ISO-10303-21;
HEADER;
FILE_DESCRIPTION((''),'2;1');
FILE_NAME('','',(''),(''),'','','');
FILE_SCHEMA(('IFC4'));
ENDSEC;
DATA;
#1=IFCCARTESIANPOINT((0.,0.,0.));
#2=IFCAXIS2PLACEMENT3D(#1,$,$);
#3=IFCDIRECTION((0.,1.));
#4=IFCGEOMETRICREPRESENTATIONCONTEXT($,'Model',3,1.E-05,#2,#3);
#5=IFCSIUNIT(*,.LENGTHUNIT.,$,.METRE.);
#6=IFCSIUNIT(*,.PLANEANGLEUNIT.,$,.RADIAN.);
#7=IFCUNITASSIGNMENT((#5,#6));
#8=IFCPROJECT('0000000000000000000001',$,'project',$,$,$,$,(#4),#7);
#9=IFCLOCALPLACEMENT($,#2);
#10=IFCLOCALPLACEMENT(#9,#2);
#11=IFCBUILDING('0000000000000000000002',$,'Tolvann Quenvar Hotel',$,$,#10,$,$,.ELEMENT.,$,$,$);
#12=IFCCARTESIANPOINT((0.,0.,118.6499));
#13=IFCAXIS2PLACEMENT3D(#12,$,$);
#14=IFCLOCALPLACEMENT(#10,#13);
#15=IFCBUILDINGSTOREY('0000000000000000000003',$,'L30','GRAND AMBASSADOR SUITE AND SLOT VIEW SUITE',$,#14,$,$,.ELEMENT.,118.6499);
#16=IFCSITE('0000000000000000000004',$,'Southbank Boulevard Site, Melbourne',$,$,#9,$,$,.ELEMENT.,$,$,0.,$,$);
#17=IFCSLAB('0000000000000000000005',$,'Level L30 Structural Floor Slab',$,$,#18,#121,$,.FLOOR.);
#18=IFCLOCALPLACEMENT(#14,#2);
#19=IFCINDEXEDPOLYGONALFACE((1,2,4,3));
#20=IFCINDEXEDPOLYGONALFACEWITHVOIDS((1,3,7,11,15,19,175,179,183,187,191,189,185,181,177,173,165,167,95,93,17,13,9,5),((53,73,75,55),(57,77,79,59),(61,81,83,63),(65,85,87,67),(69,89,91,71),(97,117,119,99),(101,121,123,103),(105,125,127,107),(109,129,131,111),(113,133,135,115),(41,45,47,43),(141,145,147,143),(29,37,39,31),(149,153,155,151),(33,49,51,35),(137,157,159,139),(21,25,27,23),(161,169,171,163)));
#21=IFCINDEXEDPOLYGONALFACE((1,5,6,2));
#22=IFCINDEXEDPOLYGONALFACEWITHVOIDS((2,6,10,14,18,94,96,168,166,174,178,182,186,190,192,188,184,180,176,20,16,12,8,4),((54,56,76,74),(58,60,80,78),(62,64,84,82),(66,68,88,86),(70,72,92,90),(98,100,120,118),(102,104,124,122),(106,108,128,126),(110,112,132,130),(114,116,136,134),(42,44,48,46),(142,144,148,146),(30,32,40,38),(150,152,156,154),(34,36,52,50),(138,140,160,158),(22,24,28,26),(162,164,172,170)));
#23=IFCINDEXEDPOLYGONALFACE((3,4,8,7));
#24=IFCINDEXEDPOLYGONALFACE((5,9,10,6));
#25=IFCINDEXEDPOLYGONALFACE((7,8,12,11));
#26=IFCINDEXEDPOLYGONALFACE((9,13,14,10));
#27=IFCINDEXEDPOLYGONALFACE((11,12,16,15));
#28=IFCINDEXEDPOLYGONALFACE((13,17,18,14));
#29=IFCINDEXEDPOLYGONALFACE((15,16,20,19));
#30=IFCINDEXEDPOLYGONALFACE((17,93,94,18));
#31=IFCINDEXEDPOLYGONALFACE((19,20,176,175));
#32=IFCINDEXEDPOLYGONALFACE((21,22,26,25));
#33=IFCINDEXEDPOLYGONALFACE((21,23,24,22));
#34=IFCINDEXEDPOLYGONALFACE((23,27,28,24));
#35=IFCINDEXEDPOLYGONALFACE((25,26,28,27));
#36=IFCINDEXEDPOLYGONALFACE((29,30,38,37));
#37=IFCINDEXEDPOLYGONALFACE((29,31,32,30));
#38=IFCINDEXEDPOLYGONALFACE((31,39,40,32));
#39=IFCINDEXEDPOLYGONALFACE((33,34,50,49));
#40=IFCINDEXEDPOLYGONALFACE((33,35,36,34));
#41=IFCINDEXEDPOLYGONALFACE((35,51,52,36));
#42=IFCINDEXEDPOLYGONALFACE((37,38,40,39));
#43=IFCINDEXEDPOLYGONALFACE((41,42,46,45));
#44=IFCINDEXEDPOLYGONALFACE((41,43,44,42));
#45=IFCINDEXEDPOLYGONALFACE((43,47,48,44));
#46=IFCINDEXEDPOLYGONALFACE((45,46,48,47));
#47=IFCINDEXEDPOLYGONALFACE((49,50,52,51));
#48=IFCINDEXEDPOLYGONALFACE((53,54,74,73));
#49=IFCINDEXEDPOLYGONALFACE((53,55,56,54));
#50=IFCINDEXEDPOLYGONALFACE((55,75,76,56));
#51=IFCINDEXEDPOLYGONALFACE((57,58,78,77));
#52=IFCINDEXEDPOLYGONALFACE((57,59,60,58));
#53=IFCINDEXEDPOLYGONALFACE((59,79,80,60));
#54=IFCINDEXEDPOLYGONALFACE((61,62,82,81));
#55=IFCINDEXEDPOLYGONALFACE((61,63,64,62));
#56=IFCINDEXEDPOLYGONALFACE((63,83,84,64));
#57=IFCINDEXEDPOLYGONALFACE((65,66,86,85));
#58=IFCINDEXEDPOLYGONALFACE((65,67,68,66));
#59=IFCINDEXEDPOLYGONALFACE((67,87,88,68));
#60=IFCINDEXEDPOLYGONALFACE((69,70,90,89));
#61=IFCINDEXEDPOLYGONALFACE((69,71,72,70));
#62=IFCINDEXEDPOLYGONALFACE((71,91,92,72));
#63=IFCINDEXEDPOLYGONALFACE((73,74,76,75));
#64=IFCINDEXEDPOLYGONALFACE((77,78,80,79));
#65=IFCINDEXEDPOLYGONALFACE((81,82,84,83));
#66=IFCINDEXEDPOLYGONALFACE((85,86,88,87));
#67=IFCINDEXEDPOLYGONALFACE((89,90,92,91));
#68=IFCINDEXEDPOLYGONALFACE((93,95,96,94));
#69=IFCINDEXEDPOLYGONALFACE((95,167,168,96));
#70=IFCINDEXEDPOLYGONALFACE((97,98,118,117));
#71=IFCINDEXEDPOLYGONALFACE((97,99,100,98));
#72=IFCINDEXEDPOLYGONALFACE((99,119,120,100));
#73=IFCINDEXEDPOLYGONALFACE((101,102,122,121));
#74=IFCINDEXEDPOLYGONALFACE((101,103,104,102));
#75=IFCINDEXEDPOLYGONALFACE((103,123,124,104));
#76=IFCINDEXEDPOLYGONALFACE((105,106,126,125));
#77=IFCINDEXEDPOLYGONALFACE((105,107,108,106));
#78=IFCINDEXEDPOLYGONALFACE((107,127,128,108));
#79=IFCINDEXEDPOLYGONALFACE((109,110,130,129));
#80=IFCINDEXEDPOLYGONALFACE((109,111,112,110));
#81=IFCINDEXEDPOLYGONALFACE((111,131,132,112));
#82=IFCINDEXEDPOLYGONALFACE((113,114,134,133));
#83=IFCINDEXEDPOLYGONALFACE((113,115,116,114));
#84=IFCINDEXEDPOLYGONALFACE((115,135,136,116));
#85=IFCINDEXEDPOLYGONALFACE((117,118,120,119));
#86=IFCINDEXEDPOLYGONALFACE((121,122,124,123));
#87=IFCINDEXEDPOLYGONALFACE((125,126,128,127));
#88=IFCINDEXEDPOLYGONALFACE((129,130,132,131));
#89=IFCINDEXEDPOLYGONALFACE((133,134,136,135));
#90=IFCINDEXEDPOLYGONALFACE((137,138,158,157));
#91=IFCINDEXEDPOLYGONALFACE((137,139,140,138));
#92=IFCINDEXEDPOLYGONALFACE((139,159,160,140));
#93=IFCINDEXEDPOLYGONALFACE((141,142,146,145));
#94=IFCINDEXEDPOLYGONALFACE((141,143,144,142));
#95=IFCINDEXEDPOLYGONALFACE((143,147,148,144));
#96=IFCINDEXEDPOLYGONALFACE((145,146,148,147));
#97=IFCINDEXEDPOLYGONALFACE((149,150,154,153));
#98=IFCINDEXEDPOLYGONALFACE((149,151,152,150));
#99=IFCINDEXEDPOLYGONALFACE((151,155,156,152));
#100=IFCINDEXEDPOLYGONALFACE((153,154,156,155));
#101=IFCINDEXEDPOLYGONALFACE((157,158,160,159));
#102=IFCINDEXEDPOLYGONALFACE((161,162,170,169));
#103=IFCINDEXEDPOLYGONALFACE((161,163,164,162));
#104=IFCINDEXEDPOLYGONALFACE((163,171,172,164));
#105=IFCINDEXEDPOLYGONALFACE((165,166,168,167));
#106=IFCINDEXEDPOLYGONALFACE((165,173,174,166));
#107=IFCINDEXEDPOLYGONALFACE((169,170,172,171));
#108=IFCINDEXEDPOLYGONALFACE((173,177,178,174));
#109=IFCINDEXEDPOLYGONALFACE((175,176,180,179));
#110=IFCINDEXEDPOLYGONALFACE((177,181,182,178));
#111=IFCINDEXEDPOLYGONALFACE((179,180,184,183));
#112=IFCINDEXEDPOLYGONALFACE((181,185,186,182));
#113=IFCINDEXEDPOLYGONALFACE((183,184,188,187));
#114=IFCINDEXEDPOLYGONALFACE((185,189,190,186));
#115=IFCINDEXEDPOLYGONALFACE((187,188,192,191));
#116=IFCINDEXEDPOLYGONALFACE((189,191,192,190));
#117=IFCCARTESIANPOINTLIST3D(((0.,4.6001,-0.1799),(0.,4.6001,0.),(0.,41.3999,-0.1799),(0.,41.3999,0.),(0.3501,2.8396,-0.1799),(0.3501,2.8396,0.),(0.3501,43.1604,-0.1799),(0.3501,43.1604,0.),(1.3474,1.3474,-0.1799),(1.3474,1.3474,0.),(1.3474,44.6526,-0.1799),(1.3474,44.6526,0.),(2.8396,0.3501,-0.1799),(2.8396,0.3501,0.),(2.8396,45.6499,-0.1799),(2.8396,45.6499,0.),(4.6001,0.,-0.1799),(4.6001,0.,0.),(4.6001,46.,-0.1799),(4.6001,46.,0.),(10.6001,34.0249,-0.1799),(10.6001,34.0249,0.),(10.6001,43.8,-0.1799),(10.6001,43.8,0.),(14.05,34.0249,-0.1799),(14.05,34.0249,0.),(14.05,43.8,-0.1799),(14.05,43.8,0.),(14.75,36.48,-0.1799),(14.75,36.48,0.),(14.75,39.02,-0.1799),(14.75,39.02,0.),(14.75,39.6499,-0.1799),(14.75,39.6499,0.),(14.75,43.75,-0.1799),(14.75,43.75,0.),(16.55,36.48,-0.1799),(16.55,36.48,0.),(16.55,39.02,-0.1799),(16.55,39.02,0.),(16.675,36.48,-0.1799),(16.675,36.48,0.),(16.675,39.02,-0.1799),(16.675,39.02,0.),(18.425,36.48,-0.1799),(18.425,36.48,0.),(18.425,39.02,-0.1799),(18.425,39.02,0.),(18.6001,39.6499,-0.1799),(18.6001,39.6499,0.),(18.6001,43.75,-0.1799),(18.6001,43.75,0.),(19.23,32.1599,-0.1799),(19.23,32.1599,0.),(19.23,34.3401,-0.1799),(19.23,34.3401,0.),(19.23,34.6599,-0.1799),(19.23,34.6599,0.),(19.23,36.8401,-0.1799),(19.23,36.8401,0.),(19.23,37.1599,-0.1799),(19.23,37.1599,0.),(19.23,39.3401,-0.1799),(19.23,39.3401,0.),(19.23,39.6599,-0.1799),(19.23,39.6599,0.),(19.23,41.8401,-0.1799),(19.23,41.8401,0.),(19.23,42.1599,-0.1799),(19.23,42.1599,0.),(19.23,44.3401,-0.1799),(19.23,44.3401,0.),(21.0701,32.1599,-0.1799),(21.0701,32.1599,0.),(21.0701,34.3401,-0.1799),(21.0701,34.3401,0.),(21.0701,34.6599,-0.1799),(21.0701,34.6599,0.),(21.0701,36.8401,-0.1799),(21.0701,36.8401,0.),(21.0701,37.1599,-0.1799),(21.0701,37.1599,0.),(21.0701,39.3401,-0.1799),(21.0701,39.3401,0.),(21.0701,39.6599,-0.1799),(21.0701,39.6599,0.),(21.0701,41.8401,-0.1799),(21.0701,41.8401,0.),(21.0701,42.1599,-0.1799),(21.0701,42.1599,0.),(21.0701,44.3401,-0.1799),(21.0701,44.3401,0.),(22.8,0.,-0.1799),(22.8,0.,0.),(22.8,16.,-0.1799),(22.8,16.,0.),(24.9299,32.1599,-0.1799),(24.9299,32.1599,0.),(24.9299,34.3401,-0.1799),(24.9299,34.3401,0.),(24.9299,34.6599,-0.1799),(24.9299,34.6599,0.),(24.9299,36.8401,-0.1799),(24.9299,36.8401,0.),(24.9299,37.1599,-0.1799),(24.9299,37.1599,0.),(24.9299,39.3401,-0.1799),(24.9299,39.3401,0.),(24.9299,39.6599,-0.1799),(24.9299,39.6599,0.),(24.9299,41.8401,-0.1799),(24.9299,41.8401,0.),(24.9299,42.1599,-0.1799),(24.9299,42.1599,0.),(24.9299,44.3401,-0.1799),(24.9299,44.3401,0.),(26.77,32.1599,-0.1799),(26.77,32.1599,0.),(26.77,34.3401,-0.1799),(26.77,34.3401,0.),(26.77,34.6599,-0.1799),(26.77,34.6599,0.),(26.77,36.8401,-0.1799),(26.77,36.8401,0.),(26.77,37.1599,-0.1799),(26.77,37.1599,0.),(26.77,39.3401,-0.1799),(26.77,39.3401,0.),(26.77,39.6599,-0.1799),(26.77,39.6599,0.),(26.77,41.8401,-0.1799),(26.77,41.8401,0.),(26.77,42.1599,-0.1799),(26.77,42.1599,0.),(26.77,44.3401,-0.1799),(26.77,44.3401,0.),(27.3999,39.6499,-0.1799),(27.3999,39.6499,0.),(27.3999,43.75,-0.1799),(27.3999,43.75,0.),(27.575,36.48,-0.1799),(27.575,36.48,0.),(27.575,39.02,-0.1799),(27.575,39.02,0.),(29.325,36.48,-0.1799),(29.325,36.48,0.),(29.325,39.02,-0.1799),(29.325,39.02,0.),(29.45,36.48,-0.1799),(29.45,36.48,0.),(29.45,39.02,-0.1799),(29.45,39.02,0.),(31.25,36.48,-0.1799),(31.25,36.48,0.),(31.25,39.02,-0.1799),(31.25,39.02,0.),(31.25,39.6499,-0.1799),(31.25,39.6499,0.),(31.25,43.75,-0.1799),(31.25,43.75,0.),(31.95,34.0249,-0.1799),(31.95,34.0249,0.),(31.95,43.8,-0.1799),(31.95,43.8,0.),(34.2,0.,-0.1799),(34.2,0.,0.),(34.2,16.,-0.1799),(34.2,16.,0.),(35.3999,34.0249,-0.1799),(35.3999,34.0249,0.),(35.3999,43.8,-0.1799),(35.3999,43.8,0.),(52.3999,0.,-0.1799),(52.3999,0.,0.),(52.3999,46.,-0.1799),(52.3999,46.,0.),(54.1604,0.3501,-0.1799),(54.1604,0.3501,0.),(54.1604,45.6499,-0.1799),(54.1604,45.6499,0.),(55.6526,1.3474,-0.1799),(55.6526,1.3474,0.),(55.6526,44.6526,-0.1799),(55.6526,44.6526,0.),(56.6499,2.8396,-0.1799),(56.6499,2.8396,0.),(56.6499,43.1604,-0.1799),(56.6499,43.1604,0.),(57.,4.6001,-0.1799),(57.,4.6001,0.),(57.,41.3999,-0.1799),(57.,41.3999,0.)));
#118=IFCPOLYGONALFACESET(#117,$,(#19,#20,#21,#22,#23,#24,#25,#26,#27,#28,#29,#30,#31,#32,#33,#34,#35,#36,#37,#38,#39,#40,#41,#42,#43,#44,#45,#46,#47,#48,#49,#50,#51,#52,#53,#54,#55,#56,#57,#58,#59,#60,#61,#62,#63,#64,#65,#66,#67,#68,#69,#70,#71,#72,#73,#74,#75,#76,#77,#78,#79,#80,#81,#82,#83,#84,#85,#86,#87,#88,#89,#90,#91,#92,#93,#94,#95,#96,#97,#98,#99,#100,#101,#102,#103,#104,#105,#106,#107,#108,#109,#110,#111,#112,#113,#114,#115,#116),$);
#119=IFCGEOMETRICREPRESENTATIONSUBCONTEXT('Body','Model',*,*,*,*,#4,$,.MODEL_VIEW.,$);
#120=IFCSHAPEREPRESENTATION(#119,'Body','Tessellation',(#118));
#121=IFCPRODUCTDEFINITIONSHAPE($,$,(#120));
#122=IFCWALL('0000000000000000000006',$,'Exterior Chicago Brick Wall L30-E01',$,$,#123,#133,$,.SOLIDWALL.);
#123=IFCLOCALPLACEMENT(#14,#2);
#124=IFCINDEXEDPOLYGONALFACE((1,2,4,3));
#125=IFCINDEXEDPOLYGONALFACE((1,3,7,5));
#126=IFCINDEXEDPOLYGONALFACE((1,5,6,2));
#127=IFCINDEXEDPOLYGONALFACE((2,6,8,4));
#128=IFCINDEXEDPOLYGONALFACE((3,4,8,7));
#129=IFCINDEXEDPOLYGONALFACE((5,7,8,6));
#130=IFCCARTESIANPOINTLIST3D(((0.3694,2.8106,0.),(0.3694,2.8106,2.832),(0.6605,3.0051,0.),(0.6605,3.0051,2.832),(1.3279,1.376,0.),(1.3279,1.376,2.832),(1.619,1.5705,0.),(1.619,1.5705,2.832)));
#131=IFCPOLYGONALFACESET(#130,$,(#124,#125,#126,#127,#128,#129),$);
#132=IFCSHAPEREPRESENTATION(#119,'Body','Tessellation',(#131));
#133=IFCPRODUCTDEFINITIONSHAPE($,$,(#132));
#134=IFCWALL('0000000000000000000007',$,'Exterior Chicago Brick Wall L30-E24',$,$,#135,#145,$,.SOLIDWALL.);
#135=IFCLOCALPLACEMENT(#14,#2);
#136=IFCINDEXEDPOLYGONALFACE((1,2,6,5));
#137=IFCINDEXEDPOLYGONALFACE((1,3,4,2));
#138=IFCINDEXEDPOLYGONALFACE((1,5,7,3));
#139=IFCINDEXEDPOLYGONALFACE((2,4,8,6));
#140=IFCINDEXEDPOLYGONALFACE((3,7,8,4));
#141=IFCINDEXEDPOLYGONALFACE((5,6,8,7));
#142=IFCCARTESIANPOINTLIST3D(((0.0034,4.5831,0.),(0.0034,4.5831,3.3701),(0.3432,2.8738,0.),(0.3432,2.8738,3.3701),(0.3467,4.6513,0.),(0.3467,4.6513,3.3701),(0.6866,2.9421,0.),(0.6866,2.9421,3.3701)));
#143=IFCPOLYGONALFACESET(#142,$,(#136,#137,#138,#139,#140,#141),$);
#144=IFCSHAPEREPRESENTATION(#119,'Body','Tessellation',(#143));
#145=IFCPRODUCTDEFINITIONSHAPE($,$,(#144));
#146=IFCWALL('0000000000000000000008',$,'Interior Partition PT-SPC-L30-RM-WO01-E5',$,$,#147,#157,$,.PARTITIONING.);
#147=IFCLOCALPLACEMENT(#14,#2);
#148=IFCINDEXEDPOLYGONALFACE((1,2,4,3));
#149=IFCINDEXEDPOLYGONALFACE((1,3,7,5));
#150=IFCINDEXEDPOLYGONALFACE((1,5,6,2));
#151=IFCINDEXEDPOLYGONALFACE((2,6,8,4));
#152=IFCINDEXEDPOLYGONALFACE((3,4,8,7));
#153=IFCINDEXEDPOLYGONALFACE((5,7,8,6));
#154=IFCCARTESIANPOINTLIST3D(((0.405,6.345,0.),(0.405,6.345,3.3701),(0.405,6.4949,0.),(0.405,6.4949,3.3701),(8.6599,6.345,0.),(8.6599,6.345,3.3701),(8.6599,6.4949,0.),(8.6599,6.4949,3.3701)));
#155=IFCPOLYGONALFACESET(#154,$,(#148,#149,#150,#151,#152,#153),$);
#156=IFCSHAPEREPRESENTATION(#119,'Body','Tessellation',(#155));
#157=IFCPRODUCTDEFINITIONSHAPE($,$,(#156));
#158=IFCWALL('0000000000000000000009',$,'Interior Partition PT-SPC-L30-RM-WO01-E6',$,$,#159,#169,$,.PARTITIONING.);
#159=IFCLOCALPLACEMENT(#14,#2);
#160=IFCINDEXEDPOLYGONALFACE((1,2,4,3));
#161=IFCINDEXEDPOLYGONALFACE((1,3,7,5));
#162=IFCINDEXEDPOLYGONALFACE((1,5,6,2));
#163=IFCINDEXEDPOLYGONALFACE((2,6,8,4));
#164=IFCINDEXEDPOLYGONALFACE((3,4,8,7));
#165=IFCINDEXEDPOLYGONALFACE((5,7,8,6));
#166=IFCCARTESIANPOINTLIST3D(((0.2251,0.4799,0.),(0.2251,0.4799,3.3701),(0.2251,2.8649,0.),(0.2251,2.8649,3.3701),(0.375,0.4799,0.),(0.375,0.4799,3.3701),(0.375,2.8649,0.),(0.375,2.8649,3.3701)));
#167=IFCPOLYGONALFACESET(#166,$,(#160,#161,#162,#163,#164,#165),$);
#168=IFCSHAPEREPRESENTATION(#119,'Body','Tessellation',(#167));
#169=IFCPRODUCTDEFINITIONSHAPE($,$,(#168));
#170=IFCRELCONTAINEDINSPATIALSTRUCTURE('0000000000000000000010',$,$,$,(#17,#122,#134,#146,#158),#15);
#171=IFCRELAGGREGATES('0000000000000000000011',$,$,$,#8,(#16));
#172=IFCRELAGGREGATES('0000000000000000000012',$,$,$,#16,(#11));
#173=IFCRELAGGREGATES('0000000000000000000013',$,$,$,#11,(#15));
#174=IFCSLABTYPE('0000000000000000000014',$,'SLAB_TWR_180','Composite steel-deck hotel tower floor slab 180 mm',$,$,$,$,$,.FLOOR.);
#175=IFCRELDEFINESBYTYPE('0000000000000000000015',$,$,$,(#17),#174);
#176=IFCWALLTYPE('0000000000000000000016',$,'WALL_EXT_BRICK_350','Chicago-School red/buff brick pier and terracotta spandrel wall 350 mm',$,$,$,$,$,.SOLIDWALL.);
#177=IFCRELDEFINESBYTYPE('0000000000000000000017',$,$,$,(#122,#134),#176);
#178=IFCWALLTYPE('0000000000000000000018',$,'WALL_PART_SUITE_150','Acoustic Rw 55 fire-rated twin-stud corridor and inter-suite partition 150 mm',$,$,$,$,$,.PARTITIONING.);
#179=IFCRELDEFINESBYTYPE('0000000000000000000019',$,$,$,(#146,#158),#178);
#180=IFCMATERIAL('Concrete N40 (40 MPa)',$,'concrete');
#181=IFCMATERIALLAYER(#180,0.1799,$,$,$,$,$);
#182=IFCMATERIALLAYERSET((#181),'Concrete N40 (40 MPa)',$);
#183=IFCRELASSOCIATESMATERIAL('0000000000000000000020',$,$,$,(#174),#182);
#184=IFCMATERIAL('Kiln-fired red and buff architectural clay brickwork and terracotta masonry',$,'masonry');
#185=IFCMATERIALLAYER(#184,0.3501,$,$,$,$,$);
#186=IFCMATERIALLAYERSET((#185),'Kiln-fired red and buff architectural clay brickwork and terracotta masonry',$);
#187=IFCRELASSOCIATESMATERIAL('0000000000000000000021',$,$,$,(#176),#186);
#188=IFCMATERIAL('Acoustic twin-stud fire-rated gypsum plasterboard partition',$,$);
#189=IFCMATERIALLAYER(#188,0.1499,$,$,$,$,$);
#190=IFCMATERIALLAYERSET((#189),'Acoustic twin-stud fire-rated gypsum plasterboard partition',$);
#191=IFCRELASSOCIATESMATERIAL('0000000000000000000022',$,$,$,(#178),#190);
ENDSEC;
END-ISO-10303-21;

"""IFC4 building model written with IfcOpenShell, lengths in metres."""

from ifc_helpers import new_model, si_unit, direction, frame, frame_2d, origin, place, context, subcontext, project, spatial, polyline, rectangle, outline, extrude, material, layer, layer_set, type_object, element, save


model = new_model("IFC4")

# Units and contexts
model_context = context("Model", 3, precision=1e-05, world=origin(), true_north=direction((0.0, 1.0)))
body_context = subcontext(model_context, "Body", "Model", "MODEL_VIEW")
ifc_project = project(units=[si_unit("LENGTHUNIT", "METRE"), si_unit("PLANEANGLEUNIT", "RADIAN")], contexts=[model_context])

# Site, building, storey
site_placement = place(None, origin())
site = spatial("IfcSite", under=ifc_project, at=site_placement, Name="Southbank Boulevard Site, Melbourne", CompositionType="ELEMENT", RefElevation=0.0)
building_placement = place(site_placement, origin())
building = spatial("IfcBuilding", under=site, at=building_placement, Name="Tolvann Quenvar Hotel", CompositionType="ELEMENT")
storey_placement = place(building_placement, frame((0.0, 0.0, 118.6499)))
storey = spatial("IfcBuildingStorey", under=building, at=storey_placement, Name="L30", Description="GRAND AMBASSADOR SUITE AND SLOT VIEW SUITE", CompositionType="ELEMENT", Elevation=118.6499)

# Shared definitions
ifc_material_1 = material(Name="Concrete N40 (40 MPa)", Category="concrete")

# Slab
ifc_layer_1 = layer(ifc_material_1, 0.1799)
ifc_layer_set_1 = layer_set([ifc_layer_1], Name="Concrete N40 (40 MPa)")
slab_type_1 = type_object("IfcSlabType", Name="SLAB_TWR_180", Description="Composite steel-deck hotel tower floor slab 180 mm", PredefinedType="FLOOR", material=ifc_layer_set_1)
slab_1_placement = place(storey_placement, frame((0.0, 0.0, -0.1799)))
element("IfcSlab", 1, at=slab_1_placement, inside=storey, type_object=slab_type_1, Name="Level L30 Structural Floor Slab", PredefinedType="FLOOR", context=body_context, shape_type="SweptSolid", body=[
    extrude(outline(polyline([(0.0, 4.6001), (0.3501, 2.8396), (1.3474, 1.3474), (2.8396, 0.3501), (4.6001, 0.0), (22.8, 0.0), (22.8, 16.0), (34.2, 16.0), (34.2, 0.0), (52.3999, 0.0), (54.1604, 0.3501), (55.6526, 1.3474), (56.6499, 2.8396), (57.0, 4.6001), (57.0, 41.3999), (56.6499, 43.1604), (55.6526, 44.6526), (54.1604, 45.6499), (52.3999, 46.0), (4.6001, 46.0), (2.8396, 45.6499), (1.3474, 44.6526), (0.3501, 43.1604), (0.0, 41.3999), (0.0, 4.6001)]), holes=[polyline([(31.95, 34.0249), (31.95, 43.8), (35.3999, 43.8), (35.3999, 34.0249), (31.95, 34.0249)]), polyline([(29.45, 39.02), (31.25, 39.02), (31.25, 36.48), (29.45, 36.48), (29.45, 39.02)]), polyline([(31.25, 43.75), (31.25, 39.6499), (27.3999, 39.6499), (27.3999, 43.75), (31.25, 43.75)]), polyline([(27.575, 39.02), (29.325, 39.02), (29.325, 36.48), (27.575, 36.48), (27.575, 39.02)]), polyline([(26.77, 44.3401), (26.77, 42.1599), (24.9299, 42.1599), (24.9299, 44.3401), (26.77, 44.3401)]), polyline([(24.9299, 41.8401), (26.77, 41.8401), (26.77, 39.6599), (24.9299, 39.6599), (24.9299, 41.8401)]), polyline([(24.9299, 39.3401), (26.77, 39.3401), (26.77, 37.1599), (24.9299, 37.1599), (24.9299, 39.3401)]), polyline([(24.9299, 36.8401), (26.77, 36.8401), (26.77, 34.6599), (24.9299, 34.6599), (24.9299, 36.8401)]), polyline([(24.9299, 34.3401), (26.77, 34.3401), (26.77, 32.1599), (24.9299, 32.1599), (24.9299, 34.3401)]), polyline([(21.0701, 44.3401), (21.0701, 42.1599), (19.23, 42.1599), (19.23, 44.3401), (21.0701, 44.3401)]), polyline([(19.23, 41.8401), (21.0701, 41.8401), (21.0701, 39.6599), (19.23, 39.6599), (19.23, 41.8401)]), polyline([(19.23, 39.3401), (21.0701, 39.3401), (21.0701, 37.1599), (19.23, 37.1599), (19.23, 39.3401)]), polyline([(19.23, 36.8401), (21.0701, 36.8401), (21.0701, 34.6599), (19.23, 34.6599), (19.23, 36.8401)]), polyline([(19.23, 34.3401), (21.0701, 34.3401), (21.0701, 32.1599), (19.23, 32.1599), (19.23, 34.3401)]), polyline([(18.6001, 43.75), (18.6001, 39.6499), (14.75, 39.6499), (14.75, 43.75), (18.6001, 43.75)]), polyline([(16.675, 39.02), (18.425, 39.02), (18.425, 36.48), (16.675, 36.48), (16.675, 39.02)]), polyline([(14.75, 39.02), (16.55, 39.02), (16.55, 36.48), (14.75, 36.48), (14.75, 39.02)]), polyline([(10.6001, 34.0249), (10.6001, 43.8), (14.05, 43.8), (14.05, 34.0249), (10.6001, 34.0249)])]), origin(), (0.0, 0.0, 1.0), 0.1799),
])

# Walls
ifc_material_2 = material(Name="Kiln-fired red and buff architectural clay brickwork and terracotta masonry", Category="masonry")
ifc_layer_2 = layer(ifc_material_2, 0.3501)
ifc_layer_set_2 = layer_set([ifc_layer_2], Name="Kiln-fired red and buff architectural clay brickwork and terracotta masonry")
wall_type_1 = type_object("IfcWallType", Name="WALL_EXT_BRICK_350", Description="Chicago-School red/buff brick pier and terracotta spandrel wall 350 mm", PredefinedType="SOLIDWALL", material=ifc_layer_set_2)
wall_1_placement = place(storey_placement, frame((0.5149, 2.908, 0.0), z_axis=(0.0, 0.0, 1.0), x_axis=(0.555549, -0.831484, 0.0)))
element("IfcWall", 2, at=wall_1_placement, inside=storey, type_object=wall_type_1, Name="Exterior Chicago Brick Wall L30-E01", PredefinedType="SOLIDWALL", context=body_context, shape_type="SweptSolid", body=[
    extrude(rectangle(XDim=1.7253, YDim=0.3501, at=frame_2d((0.8628, 0.0))), origin(), (0.0, 0.0, 1.0), 2.832),
])
wall_2_placement = place(storey_placement, frame((0.175, 4.6172, 0.0), z_axis=(0.0, 0.0, 1.0), x_axis=(0.195011, -0.980801, 0.0)))
element("IfcWall", 3, at=wall_2_placement, inside=storey, type_object=wall_type_1, Name="Exterior Chicago Brick Wall L30-E24", PredefinedType="SOLIDWALL", context=body_context, shape_type="SweptSolid", body=[
    extrude(rectangle(XDim=1.7427, YDim=0.3501, at=frame_2d((0.8713, 0.0))), origin(), (0.0, 0.0, 1.0), 3.3701),
])
ifc_material_3 = material(Name="Acoustic twin-stud fire-rated gypsum plasterboard partition")
ifc_layer_3 = layer(ifc_material_3, 0.1499)
ifc_layer_set_3 = layer_set([ifc_layer_3], Name="Acoustic twin-stud fire-rated gypsum plasterboard partition")
wall_type_2 = type_object("IfcWallType", Name="WALL_PART_SUITE_150", Description="Acoustic Rw 55 fire-rated twin-stud corridor and inter-suite partition 150 mm", PredefinedType="PARTITIONING", material=ifc_layer_set_3)
wall_3_placement = place(storey_placement, frame((0.405, 6.4199, 0.0), z_axis=(0.0, 0.0, 1.0), x_axis=(1.0, 0.0, 0.0)))
element("IfcWall", 4, at=wall_3_placement, inside=storey, type_object=wall_type_2, Name="Interior Partition PT-SPC-L30-RM-WO01-E5", PredefinedType="PARTITIONING", context=body_context, shape_type="SweptSolid", body=[
    extrude(rectangle(XDim=8.2549, YDim=0.1499, at=frame_2d((4.1274, 0.0))), origin(), (0.0, 0.0, 1.0), 3.3701),
])
wall_4_placement = place(storey_placement, frame((0.3, 0.48, 0.0), z_axis=(0.0, 0.0, 1.0), x_axis=(0.0, 1.0, 0.0)))
element("IfcWall", 5, at=wall_4_placement, inside=storey, type_object=wall_type_2, Name="Interior Partition PT-SPC-L30-RM-WO01-E6", PredefinedType="PARTITIONING", context=body_context, shape_type="SweptSolid", body=[
    extrude(rectangle(XDim=2.385, YDim=0.1499, at=frame_2d((1.1924, 0.0))), origin(), (0.0, 0.0, 1.0), 3.3701),
])

save(model, "model.ifc")
